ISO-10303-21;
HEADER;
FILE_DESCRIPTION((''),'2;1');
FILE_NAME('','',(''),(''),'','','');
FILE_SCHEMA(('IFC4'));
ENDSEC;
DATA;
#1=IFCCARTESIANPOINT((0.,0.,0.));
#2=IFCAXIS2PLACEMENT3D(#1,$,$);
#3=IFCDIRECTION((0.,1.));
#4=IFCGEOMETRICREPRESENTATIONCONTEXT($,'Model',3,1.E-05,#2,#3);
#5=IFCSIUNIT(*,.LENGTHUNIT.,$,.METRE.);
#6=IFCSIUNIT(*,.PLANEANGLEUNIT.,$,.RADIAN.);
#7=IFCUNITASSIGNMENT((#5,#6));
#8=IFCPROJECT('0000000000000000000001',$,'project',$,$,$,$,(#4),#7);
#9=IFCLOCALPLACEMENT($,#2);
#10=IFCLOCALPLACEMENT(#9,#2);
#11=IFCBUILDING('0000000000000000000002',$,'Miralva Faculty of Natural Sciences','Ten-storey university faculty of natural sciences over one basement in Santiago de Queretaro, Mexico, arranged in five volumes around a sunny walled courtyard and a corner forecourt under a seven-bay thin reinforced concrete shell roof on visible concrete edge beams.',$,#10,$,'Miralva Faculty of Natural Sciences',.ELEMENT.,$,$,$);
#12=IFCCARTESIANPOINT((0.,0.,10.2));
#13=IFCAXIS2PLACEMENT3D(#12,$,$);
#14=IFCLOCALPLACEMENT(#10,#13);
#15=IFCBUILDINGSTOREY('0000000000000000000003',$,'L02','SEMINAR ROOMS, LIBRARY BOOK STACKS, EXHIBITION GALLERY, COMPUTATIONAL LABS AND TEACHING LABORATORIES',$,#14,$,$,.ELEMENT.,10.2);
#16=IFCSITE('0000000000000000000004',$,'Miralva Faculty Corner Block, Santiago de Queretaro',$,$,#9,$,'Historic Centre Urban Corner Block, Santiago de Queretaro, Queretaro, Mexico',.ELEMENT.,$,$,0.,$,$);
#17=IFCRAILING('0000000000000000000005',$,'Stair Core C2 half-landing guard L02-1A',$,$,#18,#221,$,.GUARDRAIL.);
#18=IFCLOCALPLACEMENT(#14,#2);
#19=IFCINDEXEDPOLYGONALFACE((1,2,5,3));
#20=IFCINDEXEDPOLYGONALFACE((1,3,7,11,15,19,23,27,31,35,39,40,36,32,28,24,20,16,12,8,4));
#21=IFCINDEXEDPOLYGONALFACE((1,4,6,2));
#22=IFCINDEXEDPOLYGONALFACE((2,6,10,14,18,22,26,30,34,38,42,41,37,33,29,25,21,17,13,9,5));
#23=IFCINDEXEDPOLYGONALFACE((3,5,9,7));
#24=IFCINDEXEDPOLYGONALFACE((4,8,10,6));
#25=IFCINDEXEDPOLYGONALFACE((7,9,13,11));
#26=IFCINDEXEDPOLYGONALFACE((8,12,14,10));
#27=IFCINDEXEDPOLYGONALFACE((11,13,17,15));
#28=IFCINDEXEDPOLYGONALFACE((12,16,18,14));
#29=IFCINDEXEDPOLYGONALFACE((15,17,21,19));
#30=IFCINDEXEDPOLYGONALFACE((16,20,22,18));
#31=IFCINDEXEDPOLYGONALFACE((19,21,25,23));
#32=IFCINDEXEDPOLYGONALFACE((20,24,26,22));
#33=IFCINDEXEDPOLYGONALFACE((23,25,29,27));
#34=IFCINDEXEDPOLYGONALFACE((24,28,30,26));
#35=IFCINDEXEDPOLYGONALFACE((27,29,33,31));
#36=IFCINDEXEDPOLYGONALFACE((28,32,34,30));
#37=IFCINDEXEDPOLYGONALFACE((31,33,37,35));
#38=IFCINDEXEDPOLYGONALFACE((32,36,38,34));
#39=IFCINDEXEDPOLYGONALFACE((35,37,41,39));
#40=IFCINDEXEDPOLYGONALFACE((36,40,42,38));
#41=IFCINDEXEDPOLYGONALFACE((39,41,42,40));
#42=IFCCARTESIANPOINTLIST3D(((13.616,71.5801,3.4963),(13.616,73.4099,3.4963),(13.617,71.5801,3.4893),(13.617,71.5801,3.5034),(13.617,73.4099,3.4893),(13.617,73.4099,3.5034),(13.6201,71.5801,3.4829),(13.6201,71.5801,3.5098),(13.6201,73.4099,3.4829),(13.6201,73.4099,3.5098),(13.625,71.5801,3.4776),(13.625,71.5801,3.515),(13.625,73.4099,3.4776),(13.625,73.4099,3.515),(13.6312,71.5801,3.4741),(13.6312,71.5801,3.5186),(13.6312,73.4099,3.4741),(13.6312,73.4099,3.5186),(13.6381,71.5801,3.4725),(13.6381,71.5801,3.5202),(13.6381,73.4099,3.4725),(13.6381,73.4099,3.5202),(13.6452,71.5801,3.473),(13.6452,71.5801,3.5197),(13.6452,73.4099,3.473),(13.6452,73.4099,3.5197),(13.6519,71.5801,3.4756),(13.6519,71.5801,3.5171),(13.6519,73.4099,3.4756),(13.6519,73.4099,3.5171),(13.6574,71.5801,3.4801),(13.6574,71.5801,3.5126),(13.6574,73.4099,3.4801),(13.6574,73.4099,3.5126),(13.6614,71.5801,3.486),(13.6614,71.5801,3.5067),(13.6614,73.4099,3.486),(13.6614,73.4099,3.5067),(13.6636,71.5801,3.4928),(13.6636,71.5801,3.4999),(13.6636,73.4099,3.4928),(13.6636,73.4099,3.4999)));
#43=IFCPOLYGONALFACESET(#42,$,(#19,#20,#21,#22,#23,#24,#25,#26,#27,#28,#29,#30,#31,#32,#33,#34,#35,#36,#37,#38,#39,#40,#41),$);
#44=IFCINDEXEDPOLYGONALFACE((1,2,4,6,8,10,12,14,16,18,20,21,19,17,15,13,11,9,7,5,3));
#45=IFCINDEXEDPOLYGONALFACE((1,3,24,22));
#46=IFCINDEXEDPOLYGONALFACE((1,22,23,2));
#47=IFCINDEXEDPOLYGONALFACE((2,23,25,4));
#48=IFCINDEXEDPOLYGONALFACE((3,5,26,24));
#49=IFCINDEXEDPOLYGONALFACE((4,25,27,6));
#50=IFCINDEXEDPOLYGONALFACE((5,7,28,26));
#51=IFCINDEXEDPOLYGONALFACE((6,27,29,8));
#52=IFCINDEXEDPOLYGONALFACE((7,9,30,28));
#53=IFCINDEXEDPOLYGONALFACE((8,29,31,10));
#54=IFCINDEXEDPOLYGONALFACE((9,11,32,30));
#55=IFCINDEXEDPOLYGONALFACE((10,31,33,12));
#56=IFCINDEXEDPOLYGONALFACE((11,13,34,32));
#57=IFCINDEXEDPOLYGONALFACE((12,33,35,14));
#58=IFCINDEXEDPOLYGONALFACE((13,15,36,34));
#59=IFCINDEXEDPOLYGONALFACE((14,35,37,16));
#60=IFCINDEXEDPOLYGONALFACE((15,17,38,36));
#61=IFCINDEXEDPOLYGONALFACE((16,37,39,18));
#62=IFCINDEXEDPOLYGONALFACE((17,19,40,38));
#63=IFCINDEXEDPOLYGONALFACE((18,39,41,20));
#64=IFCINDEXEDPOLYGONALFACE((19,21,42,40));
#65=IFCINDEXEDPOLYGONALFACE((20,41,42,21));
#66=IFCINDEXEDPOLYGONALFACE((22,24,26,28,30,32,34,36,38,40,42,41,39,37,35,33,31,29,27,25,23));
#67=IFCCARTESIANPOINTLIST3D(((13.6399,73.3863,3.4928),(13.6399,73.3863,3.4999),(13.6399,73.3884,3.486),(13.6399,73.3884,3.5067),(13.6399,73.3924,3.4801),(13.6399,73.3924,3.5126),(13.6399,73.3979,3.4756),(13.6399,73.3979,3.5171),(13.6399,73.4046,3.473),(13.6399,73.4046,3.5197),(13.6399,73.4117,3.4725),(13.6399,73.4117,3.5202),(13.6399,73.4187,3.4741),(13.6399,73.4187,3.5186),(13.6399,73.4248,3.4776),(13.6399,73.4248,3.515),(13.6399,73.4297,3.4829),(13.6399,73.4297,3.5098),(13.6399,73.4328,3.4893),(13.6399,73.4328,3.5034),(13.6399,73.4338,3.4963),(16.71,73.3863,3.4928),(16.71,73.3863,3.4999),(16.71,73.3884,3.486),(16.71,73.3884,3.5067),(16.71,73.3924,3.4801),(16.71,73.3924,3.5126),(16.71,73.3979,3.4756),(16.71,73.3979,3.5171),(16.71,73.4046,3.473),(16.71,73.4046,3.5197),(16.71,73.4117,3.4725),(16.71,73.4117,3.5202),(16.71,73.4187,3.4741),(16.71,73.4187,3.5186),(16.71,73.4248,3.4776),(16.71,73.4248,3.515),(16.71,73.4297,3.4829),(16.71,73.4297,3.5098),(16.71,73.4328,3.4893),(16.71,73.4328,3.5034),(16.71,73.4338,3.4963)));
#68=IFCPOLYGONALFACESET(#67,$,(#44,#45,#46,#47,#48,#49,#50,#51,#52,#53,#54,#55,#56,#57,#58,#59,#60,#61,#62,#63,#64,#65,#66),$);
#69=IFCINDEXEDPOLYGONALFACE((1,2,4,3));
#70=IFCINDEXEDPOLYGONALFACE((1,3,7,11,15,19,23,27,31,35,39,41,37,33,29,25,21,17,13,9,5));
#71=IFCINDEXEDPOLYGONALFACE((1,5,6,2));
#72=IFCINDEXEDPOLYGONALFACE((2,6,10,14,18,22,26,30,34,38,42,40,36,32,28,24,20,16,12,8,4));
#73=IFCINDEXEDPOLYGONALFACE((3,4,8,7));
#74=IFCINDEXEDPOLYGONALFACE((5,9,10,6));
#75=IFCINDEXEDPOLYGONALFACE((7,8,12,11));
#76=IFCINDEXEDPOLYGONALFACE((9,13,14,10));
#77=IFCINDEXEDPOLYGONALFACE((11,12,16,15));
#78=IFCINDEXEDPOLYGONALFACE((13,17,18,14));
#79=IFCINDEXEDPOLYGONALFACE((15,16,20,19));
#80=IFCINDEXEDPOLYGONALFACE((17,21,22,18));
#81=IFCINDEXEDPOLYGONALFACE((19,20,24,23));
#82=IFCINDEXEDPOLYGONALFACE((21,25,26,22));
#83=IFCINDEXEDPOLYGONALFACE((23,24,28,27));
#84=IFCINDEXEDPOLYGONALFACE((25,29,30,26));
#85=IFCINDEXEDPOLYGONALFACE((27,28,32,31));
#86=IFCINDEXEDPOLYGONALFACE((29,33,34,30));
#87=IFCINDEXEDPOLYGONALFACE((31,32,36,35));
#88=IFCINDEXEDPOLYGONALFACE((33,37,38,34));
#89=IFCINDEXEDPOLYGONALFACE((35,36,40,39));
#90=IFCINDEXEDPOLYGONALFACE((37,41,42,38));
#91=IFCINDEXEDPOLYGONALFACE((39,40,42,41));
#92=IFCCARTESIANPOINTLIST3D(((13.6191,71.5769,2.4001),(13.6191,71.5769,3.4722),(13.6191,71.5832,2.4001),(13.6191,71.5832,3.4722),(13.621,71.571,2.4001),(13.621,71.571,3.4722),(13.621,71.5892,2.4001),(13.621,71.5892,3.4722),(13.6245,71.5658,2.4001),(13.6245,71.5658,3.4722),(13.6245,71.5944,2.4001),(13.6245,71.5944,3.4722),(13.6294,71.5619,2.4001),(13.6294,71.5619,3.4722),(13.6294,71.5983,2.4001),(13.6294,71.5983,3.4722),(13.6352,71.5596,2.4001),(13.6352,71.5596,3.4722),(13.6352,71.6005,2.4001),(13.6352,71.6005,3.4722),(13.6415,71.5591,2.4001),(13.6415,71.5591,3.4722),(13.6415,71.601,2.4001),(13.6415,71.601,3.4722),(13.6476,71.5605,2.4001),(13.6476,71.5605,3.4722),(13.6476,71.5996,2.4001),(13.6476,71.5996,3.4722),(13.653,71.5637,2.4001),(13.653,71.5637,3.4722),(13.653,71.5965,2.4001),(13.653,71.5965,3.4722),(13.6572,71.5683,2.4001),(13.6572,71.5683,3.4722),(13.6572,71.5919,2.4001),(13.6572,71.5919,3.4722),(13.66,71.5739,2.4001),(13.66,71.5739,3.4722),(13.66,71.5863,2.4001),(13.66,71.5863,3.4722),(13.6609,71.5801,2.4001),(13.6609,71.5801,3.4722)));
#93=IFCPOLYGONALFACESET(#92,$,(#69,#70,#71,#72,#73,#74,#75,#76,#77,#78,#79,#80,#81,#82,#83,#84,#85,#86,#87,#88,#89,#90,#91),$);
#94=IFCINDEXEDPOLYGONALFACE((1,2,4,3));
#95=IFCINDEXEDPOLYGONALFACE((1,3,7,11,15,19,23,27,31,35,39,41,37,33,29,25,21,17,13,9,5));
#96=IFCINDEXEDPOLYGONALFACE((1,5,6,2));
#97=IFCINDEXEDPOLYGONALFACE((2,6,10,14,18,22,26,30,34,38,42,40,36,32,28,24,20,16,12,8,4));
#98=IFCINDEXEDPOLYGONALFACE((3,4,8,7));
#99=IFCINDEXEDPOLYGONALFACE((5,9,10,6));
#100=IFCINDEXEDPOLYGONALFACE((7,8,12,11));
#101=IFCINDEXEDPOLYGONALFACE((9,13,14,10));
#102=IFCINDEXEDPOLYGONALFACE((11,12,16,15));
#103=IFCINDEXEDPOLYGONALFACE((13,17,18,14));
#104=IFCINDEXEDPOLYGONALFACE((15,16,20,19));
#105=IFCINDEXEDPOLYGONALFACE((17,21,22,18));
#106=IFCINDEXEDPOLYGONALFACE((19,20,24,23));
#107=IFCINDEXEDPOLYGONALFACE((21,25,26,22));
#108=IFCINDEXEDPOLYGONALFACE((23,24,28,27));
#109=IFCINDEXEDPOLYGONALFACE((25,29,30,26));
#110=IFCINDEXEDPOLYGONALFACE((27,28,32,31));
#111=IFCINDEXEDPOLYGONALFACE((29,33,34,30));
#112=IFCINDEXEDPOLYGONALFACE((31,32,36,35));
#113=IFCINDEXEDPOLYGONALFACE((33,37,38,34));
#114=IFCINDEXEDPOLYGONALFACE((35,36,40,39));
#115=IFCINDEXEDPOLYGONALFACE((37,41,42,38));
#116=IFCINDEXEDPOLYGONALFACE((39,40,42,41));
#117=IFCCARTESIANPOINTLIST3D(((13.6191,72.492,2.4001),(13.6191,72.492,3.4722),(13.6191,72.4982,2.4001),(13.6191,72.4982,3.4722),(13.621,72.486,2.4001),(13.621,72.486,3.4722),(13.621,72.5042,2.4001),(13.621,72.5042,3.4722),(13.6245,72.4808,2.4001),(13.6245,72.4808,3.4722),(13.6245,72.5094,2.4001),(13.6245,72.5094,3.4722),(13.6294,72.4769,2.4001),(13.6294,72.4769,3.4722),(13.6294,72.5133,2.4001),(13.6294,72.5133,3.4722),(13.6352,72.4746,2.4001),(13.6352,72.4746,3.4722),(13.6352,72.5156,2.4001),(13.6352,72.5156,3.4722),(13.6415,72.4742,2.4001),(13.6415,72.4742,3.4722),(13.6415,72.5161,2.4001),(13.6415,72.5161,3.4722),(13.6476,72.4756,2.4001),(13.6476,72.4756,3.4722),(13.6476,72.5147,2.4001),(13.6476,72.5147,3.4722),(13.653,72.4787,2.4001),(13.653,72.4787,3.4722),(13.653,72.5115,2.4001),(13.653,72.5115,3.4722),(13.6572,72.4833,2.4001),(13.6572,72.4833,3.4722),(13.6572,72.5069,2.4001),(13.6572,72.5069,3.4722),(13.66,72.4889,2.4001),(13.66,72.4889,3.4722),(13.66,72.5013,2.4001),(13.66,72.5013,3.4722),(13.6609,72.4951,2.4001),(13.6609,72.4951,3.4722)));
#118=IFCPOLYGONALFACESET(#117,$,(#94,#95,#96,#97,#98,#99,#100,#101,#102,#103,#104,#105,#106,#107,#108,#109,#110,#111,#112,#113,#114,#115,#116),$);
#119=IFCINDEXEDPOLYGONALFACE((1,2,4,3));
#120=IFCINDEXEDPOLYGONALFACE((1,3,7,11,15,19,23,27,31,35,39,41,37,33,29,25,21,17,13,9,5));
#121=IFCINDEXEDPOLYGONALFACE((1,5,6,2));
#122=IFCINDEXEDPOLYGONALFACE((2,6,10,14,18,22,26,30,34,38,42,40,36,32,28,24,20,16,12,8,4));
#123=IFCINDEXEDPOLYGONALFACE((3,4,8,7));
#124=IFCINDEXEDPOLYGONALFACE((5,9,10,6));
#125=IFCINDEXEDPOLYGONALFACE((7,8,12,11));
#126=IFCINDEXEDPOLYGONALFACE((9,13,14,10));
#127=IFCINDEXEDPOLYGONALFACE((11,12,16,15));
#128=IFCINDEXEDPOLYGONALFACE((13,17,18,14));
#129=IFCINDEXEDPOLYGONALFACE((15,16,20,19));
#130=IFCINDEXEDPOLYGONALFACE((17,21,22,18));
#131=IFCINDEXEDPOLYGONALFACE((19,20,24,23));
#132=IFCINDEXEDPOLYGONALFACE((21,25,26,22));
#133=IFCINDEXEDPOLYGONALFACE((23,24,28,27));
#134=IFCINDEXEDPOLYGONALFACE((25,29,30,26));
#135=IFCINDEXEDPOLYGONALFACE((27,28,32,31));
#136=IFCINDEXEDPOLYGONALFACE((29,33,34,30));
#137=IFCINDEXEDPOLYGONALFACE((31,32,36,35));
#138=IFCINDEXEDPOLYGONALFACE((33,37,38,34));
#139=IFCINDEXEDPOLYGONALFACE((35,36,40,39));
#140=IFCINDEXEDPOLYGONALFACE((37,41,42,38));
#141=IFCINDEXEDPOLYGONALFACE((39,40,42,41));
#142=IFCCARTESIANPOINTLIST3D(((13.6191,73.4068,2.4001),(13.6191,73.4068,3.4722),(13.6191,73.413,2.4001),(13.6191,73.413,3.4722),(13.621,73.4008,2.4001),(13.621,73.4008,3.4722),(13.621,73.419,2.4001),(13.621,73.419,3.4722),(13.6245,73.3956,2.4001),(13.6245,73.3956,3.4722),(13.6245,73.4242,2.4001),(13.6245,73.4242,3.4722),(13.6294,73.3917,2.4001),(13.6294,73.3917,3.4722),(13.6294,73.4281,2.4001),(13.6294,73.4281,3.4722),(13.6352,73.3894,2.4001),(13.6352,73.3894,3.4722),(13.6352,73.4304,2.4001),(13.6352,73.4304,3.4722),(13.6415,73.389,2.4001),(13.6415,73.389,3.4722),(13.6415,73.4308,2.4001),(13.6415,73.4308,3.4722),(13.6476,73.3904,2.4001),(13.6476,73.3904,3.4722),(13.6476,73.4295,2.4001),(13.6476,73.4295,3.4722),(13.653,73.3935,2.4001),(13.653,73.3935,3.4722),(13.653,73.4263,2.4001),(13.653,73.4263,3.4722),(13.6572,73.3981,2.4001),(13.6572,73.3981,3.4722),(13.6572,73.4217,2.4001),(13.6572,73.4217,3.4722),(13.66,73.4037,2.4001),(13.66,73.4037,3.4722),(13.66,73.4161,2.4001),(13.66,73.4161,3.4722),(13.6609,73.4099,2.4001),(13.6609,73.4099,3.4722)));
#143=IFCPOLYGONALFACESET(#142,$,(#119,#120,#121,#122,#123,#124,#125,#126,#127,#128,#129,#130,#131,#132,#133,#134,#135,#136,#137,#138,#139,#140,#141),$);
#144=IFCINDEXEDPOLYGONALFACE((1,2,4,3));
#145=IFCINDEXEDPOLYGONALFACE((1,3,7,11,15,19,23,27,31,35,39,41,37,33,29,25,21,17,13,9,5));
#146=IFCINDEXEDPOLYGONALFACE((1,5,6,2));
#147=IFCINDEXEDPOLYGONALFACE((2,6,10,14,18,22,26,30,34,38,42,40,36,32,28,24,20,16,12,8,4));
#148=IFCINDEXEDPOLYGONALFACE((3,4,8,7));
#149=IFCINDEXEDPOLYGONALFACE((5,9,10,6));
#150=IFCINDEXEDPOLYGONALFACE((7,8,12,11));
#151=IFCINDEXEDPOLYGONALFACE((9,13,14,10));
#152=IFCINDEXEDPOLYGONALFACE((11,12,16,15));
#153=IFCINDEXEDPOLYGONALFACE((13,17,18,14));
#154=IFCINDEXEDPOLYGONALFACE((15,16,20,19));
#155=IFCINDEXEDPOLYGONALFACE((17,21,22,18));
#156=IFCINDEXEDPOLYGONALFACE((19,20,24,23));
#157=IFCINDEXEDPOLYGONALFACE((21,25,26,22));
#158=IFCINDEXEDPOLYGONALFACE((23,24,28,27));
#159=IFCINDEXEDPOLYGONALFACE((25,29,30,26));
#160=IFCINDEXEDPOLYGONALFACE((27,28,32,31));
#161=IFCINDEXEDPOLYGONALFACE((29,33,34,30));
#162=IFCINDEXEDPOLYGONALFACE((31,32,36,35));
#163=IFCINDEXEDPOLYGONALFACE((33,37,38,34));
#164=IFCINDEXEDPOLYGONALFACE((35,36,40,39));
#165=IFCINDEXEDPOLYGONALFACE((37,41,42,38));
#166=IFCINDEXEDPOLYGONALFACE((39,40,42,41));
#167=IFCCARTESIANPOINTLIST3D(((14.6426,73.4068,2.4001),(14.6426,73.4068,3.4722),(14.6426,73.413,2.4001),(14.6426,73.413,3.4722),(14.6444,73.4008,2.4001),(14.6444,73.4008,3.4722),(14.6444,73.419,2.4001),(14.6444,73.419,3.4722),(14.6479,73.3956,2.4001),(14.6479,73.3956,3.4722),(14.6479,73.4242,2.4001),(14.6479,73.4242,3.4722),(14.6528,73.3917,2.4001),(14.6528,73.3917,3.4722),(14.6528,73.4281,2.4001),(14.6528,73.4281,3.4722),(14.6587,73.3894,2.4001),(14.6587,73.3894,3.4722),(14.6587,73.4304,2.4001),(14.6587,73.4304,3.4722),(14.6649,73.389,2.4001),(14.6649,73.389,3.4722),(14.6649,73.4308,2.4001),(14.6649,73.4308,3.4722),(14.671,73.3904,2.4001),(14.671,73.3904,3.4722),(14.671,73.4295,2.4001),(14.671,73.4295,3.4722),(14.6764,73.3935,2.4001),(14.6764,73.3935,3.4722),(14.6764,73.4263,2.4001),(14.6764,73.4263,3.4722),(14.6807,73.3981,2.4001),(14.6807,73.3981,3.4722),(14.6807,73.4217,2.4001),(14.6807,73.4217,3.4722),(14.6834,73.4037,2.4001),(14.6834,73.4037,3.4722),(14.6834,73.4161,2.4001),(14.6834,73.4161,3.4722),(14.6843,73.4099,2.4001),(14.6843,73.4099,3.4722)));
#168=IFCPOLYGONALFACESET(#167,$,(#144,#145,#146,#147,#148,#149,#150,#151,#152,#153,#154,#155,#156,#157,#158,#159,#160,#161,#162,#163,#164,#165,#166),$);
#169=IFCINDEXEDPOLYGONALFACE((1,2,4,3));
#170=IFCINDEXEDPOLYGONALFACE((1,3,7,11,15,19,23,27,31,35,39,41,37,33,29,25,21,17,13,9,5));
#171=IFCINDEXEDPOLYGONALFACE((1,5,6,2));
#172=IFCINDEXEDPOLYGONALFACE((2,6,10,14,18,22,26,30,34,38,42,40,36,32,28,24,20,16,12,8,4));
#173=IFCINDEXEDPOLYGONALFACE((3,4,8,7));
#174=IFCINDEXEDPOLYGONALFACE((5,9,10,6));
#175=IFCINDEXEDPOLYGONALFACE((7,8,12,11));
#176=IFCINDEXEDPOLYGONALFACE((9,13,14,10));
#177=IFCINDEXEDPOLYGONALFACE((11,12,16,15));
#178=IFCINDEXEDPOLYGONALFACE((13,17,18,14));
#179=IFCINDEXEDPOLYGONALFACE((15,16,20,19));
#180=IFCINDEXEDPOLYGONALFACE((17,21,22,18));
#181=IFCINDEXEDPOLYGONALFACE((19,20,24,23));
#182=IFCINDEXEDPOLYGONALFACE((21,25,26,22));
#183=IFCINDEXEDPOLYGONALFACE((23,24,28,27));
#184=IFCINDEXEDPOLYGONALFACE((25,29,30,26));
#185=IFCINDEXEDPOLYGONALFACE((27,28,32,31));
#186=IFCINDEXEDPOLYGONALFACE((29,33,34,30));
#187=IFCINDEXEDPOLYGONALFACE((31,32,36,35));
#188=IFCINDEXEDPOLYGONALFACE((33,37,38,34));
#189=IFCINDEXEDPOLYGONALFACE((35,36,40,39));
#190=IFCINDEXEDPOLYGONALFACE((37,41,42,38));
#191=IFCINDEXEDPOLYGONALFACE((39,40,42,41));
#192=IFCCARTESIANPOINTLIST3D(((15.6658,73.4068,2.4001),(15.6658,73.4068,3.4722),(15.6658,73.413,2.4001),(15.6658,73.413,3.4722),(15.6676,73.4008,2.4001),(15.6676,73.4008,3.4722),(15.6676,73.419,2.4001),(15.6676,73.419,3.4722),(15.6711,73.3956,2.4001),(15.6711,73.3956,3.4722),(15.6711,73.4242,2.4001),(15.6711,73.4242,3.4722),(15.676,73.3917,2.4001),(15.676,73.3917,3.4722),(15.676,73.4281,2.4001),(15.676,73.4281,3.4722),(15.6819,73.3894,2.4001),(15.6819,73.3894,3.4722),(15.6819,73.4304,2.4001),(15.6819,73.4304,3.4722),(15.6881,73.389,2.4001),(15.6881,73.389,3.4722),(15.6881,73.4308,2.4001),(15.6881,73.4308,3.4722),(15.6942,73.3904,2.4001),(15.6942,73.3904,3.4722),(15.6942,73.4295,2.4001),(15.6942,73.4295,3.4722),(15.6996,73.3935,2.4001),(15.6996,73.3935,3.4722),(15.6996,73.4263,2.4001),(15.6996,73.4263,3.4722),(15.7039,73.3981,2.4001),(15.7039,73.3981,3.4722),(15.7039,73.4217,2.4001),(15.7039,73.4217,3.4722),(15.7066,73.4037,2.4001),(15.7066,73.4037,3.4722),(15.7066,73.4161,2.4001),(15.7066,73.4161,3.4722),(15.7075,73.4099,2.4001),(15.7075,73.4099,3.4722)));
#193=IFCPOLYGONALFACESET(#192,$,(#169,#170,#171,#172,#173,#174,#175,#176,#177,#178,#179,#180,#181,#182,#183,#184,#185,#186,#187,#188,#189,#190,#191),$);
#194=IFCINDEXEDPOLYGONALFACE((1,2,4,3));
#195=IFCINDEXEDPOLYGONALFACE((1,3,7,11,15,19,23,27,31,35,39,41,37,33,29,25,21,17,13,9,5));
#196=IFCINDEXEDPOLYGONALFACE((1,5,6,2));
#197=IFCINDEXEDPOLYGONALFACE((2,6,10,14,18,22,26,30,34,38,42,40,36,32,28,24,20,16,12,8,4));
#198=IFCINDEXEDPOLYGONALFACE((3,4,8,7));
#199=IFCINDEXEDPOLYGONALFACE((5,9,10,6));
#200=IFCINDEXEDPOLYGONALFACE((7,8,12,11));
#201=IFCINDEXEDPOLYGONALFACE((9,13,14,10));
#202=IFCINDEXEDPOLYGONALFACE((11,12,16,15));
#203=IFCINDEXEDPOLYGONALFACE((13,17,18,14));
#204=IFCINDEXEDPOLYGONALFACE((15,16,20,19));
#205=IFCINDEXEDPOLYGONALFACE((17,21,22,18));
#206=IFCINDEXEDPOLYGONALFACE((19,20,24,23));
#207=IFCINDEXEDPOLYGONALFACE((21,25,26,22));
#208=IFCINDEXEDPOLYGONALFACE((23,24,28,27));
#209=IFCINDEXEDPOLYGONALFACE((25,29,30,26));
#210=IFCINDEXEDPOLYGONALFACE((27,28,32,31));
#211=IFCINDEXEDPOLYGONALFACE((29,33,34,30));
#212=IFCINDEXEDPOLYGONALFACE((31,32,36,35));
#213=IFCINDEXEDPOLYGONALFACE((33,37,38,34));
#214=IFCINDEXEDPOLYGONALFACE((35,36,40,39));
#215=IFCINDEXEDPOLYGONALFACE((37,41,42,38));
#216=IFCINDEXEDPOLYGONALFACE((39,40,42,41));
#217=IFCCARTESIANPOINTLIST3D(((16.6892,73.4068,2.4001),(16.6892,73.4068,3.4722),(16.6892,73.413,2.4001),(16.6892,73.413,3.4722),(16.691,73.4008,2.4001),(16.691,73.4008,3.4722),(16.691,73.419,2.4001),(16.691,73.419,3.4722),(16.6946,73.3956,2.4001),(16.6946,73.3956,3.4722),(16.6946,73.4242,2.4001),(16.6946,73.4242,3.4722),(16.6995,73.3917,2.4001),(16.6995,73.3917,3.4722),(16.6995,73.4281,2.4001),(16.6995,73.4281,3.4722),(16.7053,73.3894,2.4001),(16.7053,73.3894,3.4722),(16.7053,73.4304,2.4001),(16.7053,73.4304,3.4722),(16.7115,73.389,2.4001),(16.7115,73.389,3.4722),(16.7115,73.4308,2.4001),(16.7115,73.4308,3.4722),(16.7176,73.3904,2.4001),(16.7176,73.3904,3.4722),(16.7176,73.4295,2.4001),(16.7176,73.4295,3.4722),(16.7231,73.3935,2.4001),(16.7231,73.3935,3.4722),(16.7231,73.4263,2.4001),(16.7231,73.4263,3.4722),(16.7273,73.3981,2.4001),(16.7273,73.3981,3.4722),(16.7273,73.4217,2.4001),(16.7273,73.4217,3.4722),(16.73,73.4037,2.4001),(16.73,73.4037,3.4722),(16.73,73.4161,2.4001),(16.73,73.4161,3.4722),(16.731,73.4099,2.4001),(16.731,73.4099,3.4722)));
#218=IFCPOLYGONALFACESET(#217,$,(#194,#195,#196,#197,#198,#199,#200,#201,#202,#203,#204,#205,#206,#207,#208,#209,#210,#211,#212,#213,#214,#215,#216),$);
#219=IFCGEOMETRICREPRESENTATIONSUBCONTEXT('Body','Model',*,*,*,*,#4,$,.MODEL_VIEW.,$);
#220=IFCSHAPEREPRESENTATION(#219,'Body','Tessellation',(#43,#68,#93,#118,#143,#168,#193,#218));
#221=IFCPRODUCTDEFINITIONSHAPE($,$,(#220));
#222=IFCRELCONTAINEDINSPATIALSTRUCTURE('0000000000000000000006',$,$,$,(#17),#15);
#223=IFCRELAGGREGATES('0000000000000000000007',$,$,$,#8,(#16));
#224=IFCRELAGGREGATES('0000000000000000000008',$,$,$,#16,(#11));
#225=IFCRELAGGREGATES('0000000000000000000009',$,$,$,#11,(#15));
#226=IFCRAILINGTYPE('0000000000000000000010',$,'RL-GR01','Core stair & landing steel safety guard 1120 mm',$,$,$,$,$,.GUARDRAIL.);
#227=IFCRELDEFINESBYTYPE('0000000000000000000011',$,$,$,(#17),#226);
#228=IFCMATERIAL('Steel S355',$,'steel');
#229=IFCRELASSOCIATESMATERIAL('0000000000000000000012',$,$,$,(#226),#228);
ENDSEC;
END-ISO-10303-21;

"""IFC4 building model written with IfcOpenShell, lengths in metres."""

from ifc_helpers import new_model, si_unit, direction, frame, origin, origin_2d, place, context, subcontext, project, spatial, circle, extrude, material, type_object, element, save


model = new_model("IFC4")

# Units and contexts
model_context = context("Model", 3, precision=1e-05, world=origin(), true_north=direction((0.0, 1.0)))
body_context = subcontext(model_context, "Body", "Model", "MODEL_VIEW")
ifc_project = project(units=[si_unit("LENGTHUNIT", "METRE"), si_unit("PLANEANGLEUNIT", "RADIAN")], contexts=[model_context])

# Site, building, storey
site_placement = place(None, origin())
site = spatial("IfcSite", under=ifc_project, at=site_placement, Name="Miralva Faculty Corner Block, Santiago de Queretaro", LongName="Historic Centre Urban Corner Block, Santiago de Queretaro, Queretaro, Mexico", CompositionType="ELEMENT", RefElevation=0.0)
building_placement = place(site_placement, origin())
building = spatial("IfcBuilding", under=site, at=building_placement, Name="Miralva Faculty of Natural Sciences", Description="Ten-storey university faculty of natural sciences over one basement in Santiago de Queretaro, Mexico, arranged in five volumes around a sunny walled courtyard and a corner forecourt under a seven-bay thin reinforced concrete shell roof on visible concrete edge beams.", LongName="Miralva Faculty of Natural Sciences", CompositionType="ELEMENT")
storey_placement = place(building_placement, frame((0.0, 0.0, 10.2)))
storey = spatial("IfcBuildingStorey", under=building, at=storey_placement, Name="L02", Description="SEMINAR ROOMS, LIBRARY BOOK STACKS, EXHIBITION GALLERY, COMPUTATIONAL LABS AND TEACHING LABORATORIES", CompositionType="ELEMENT", Elevation=10.2)

# Railing
ifc_material_1 = material(Name="Steel S355", Category="steel")
railing_type_1 = type_object("IfcRailingType", Name="RL-GR01", Description="Core stair & landing steel safety guard 1120 mm", PredefinedType="GUARDRAIL", material=ifc_material_1)
railing_1_placement = place(storey_placement, frame((13.6399, 71.5801, 2.4001)))
element("IfcRailing", 1, at=railing_1_placement, inside=storey, type_object=railing_type_1, Name="Stair Core C2 half-landing guard L02-1A", PredefinedType="GUARDRAIL", context=body_context, shape_type="SweptSolid", body=[
    extrude(circle(Radius=0.0239, at=origin_2d()), frame((0.0, 0.0, 1.0962), z_axis=(0.0, 1.0, 0.0), x_axis=(-1.0, 0.0, 0.0)), (0.0, 0.0, 1.0), 1.8298),
    extrude(circle(Radius=0.0239, at=origin_2d()), frame((0.0, 1.8298, 1.0962), z_axis=(1.0, 0.0, 0.0), x_axis=(0.0, 1.0, 0.0)), (0.0, 0.0, 1.0), 3.0701),
    extrude(circle(Radius=0.021, at=origin_2d()), origin(), (0.0, 0.0, 1.0), 1.072),
    extrude(circle(Radius=0.021, at=origin_2d()), frame((0.0, 0.915, 0.0)), (0.0, 0.0, 1.0), 1.072),
    extrude(circle(Radius=0.021, at=origin_2d()), frame((0.0, 1.8298, 0.0)), (0.0, 0.0, 1.0), 1.072),
    extrude(circle(Radius=0.021, at=origin_2d()), frame((1.0234, 1.8298, 0.0)), (0.0, 0.0, 1.0), 1.072),
    extrude(circle(Radius=0.021, at=origin_2d()), frame((2.0466, 1.8298, 0.0)), (0.0, 0.0, 1.0), 1.072),
    extrude(circle(Radius=0.021, at=origin_2d()), frame((3.0701, 1.8298, 0.0)), (0.0, 0.0, 1.0), 1.072),
])

save(model, "model.ifc")
